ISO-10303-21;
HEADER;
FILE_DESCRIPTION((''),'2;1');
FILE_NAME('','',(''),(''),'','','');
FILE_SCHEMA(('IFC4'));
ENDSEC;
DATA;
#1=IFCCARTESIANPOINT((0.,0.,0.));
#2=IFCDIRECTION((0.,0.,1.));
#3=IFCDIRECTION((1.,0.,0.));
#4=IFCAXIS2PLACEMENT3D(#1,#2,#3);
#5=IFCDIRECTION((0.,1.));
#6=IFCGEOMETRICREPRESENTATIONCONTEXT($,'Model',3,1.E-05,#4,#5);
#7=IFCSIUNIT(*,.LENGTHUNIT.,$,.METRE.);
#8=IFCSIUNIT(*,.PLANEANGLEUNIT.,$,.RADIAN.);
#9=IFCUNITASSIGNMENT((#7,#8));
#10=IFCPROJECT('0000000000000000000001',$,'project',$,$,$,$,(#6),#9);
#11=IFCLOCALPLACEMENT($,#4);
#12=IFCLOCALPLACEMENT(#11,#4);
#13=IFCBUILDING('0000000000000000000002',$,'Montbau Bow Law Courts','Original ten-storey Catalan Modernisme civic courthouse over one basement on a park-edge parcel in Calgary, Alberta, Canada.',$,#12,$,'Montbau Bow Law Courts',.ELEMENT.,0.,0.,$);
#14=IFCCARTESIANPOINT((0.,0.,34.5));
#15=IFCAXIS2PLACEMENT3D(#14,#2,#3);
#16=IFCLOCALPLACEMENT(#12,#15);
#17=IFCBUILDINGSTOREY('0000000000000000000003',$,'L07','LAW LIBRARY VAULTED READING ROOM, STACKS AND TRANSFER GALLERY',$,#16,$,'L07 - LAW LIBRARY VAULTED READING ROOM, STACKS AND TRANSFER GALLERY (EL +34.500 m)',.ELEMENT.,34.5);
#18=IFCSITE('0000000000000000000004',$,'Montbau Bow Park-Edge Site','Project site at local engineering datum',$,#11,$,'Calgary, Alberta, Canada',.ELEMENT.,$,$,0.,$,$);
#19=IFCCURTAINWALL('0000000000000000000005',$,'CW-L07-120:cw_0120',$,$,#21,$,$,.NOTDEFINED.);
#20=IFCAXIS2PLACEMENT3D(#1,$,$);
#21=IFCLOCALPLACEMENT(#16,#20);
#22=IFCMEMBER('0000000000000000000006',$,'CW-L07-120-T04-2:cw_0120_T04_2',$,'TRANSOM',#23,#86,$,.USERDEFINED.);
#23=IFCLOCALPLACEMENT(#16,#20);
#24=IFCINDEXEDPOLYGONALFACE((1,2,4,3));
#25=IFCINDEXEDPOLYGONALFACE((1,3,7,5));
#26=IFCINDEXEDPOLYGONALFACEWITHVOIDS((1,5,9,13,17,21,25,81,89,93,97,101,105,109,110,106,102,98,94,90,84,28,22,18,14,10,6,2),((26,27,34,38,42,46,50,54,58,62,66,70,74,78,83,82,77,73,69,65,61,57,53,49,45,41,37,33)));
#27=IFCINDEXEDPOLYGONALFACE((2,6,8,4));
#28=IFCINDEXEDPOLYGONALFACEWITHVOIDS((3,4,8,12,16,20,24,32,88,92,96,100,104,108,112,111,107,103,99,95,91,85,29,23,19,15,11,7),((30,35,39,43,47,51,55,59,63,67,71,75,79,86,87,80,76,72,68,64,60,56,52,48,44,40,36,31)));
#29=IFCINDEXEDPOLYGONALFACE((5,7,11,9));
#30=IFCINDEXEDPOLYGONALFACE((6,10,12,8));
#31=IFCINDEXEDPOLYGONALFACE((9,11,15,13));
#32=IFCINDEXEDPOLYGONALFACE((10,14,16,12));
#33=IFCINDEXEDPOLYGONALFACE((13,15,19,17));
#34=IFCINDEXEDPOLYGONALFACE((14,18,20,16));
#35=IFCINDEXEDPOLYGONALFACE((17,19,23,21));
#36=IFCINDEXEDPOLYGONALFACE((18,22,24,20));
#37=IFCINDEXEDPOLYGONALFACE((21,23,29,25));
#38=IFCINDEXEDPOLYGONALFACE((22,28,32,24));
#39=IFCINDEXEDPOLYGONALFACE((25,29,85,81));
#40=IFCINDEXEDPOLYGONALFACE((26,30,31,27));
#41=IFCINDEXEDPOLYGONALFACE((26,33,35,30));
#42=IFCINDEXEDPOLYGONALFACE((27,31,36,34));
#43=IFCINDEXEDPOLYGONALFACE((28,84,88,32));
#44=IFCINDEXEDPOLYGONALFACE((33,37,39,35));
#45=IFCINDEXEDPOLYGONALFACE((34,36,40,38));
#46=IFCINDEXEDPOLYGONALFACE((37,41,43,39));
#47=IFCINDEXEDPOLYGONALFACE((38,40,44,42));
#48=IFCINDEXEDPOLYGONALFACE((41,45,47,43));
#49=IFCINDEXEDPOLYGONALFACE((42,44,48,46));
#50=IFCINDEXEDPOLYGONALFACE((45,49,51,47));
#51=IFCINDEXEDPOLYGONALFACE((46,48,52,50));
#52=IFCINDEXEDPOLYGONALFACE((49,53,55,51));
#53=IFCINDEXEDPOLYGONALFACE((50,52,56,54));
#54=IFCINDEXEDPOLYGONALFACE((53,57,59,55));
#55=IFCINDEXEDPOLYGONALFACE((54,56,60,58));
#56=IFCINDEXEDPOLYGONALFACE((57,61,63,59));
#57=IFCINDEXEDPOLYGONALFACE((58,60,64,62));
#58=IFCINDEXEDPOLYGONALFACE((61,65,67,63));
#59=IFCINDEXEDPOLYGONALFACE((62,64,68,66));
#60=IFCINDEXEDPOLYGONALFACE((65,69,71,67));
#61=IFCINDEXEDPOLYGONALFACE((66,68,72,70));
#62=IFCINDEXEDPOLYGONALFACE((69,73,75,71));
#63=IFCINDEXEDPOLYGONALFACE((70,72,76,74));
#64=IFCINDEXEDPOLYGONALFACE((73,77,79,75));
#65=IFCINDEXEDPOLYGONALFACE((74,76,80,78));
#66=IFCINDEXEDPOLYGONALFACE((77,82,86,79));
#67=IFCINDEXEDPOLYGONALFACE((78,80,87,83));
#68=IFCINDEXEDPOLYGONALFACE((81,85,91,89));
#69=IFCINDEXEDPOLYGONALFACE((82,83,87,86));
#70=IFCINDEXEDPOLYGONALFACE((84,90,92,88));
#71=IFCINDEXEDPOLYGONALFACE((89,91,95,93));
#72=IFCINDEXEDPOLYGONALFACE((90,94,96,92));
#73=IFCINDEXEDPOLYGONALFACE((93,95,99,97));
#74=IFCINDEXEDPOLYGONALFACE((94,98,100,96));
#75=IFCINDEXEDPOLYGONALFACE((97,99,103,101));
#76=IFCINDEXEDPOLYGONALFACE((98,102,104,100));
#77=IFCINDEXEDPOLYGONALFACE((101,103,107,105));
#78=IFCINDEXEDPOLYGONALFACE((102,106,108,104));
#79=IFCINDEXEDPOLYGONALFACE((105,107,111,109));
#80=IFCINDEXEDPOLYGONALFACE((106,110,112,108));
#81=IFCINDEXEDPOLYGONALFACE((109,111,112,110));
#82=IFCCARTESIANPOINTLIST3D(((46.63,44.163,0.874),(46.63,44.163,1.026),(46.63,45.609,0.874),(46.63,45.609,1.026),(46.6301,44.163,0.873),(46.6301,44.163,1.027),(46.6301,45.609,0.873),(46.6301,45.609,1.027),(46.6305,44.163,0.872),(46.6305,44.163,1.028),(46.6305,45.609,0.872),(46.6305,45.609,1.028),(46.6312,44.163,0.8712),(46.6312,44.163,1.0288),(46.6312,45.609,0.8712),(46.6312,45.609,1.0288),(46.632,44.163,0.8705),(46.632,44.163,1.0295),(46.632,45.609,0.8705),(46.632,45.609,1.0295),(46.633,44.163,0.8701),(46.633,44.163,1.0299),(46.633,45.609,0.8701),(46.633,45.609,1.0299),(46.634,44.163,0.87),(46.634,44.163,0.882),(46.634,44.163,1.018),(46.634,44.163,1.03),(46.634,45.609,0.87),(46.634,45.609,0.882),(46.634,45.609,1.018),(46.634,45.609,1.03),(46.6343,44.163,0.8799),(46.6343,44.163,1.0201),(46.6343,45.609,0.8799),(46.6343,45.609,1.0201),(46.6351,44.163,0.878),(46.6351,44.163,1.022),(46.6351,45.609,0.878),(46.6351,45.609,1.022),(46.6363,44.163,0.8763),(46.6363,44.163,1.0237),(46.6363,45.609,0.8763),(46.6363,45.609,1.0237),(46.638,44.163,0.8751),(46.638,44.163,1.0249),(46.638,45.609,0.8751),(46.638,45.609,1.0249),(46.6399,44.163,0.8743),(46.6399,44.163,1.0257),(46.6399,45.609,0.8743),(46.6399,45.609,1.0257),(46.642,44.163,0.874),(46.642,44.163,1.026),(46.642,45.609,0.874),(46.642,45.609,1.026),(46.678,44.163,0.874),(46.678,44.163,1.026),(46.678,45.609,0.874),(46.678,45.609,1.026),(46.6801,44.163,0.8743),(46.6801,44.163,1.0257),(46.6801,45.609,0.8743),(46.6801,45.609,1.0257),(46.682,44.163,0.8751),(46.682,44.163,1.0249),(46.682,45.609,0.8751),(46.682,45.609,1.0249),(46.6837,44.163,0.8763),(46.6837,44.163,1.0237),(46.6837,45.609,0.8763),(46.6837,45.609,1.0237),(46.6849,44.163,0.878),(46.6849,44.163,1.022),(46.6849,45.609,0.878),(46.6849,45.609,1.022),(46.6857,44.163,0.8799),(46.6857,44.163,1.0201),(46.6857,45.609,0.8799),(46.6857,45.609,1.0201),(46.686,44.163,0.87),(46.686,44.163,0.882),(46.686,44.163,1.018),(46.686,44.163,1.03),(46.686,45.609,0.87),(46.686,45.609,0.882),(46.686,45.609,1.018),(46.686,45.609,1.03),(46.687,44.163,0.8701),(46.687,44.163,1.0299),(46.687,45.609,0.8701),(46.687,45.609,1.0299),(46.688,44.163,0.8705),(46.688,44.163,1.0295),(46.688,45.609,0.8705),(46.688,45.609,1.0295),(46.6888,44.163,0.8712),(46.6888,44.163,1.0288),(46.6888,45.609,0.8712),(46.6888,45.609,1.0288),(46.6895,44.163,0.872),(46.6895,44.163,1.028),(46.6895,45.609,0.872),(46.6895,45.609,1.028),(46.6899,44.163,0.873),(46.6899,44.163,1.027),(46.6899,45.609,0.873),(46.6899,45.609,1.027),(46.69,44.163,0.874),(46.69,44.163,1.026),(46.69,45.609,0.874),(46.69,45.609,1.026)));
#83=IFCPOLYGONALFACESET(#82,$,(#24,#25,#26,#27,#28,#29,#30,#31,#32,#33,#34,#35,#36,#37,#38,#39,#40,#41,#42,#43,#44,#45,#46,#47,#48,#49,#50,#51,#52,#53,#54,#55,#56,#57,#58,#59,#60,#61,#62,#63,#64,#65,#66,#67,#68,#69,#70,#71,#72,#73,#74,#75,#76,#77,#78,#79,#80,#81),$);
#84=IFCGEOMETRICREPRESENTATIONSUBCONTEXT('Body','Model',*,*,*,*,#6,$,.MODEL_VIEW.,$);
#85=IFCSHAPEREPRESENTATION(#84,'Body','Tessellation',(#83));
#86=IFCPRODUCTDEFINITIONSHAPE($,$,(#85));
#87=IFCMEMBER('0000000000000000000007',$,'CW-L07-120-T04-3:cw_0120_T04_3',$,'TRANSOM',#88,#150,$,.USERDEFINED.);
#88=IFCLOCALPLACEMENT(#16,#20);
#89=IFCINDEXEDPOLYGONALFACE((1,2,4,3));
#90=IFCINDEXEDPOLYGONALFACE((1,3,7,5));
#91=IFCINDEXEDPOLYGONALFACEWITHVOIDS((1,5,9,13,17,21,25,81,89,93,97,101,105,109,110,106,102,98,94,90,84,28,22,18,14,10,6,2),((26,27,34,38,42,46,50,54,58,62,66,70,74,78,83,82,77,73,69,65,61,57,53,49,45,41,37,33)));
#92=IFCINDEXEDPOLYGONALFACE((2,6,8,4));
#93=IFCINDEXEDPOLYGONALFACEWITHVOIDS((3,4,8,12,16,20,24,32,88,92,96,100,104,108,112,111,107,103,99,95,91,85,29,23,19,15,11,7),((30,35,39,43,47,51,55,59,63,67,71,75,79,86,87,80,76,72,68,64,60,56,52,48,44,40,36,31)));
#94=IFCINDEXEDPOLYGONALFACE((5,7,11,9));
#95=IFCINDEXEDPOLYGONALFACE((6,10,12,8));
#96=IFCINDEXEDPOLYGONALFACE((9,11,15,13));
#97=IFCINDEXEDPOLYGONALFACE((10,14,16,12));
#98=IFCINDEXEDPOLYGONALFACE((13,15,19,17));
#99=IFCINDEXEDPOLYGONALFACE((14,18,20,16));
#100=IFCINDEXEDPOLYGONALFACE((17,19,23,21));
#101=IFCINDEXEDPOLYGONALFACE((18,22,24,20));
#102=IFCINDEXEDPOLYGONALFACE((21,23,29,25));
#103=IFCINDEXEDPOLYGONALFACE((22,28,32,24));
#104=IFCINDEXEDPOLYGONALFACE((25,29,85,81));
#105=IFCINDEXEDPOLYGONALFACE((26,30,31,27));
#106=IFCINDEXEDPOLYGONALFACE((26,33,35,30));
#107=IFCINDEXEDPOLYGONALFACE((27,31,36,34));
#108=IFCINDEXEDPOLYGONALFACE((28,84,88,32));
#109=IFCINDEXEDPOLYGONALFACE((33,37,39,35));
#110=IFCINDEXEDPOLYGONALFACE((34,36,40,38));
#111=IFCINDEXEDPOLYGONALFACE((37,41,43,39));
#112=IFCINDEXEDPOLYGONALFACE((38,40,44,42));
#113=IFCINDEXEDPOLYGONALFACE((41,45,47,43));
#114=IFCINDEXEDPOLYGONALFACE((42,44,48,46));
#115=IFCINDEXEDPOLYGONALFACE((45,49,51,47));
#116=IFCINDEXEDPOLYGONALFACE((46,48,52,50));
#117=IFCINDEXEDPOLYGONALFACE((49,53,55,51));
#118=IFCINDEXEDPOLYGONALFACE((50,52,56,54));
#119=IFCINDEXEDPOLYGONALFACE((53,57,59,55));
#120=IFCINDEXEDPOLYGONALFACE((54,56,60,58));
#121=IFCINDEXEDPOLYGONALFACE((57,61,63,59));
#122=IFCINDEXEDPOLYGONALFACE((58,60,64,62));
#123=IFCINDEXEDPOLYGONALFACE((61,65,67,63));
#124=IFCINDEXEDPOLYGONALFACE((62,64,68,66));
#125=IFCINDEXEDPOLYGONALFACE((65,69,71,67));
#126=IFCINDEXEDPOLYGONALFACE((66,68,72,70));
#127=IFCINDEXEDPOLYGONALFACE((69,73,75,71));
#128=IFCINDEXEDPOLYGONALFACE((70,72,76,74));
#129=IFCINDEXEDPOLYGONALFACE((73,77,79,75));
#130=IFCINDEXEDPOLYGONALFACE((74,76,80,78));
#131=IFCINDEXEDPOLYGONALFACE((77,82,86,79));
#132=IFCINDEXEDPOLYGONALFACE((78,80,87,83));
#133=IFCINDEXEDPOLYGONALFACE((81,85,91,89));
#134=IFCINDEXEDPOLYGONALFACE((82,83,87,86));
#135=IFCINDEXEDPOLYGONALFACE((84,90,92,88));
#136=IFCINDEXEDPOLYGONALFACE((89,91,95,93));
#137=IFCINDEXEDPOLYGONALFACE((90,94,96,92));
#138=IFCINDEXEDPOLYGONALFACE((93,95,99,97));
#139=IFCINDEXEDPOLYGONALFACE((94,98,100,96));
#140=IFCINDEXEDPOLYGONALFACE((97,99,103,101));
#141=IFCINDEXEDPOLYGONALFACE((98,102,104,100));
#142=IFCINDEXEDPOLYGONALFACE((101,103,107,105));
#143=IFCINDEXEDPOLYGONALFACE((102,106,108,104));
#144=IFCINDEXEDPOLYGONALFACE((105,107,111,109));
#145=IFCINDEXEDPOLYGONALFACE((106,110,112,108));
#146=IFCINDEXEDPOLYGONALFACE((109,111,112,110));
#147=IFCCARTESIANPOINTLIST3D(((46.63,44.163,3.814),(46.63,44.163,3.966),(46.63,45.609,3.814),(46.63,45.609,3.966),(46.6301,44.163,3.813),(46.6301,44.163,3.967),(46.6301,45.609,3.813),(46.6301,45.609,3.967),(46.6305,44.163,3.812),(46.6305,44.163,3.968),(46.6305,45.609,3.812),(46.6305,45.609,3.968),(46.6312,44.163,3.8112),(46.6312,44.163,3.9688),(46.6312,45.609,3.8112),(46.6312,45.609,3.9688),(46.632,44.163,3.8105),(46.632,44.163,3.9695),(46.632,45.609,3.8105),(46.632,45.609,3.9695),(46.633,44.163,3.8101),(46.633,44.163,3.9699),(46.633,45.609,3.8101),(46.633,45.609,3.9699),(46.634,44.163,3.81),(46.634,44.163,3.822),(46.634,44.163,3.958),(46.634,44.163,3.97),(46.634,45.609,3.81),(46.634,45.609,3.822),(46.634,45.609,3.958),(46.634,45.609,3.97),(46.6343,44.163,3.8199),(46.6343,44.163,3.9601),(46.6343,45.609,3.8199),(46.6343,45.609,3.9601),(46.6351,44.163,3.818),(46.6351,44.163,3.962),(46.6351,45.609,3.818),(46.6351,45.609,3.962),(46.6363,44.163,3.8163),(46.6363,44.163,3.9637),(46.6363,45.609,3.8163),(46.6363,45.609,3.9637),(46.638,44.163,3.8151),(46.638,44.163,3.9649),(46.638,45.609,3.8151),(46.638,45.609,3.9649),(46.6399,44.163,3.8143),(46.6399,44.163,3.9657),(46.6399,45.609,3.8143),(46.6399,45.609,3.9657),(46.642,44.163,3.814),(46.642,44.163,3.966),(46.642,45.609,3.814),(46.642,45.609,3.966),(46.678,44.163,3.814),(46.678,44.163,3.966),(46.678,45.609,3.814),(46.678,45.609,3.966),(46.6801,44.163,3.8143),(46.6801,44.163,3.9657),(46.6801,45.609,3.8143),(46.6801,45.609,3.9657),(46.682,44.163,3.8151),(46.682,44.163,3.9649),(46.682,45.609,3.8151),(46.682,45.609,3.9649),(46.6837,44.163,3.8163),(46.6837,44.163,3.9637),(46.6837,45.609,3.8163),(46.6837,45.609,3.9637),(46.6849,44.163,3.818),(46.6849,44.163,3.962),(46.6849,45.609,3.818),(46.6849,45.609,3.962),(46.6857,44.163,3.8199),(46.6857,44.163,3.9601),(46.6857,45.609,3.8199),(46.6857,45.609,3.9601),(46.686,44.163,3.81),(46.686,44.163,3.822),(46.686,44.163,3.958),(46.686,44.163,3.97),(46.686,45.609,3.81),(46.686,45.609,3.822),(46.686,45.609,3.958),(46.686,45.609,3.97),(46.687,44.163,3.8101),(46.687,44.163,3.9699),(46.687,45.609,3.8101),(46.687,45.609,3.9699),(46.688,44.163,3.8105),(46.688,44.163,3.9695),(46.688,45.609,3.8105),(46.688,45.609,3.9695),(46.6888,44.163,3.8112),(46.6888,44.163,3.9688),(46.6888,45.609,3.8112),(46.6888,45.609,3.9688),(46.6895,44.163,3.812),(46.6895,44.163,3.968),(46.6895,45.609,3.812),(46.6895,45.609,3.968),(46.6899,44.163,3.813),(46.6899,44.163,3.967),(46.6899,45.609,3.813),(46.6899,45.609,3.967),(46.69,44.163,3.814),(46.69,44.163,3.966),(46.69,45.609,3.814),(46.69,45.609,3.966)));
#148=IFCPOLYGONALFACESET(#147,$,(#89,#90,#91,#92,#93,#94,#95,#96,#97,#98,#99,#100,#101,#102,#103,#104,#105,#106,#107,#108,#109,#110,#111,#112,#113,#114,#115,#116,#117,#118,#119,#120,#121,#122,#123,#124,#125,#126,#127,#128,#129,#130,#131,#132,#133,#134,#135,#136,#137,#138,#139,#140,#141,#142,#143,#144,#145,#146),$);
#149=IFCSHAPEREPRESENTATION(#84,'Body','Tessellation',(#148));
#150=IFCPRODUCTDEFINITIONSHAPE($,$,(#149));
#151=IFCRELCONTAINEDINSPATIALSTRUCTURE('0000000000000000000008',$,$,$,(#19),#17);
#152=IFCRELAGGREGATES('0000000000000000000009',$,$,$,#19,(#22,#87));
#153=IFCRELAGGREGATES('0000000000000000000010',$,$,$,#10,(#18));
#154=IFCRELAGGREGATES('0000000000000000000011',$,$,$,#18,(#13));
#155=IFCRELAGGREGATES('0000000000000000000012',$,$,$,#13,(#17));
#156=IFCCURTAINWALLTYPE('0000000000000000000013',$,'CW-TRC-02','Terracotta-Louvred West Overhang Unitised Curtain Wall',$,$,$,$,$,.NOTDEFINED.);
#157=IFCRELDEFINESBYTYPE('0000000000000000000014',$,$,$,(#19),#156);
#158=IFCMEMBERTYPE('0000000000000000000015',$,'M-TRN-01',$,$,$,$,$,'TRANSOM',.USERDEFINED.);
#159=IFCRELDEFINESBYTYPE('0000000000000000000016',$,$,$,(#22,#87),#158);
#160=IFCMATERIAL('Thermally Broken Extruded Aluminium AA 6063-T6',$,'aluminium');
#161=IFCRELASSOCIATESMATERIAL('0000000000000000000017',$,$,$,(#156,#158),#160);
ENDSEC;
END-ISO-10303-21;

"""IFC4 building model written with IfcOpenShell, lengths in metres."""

from ifc_helpers import new_model, si_unit, direction, frame, origin_with_axes, origin_2d_with_axis, place, context, subcontext, project, spatial, hollow_rectangle, extrude, material, material_profile, profile_set, type_object, element, aggregate, save


model = new_model("IFC4")

# Units and contexts
model_context = context("Model", 3, precision=1e-05, world=origin_with_axes(), true_north=direction((0.0, 1.0)))
body_context = subcontext(model_context, "Body", "Model", "MODEL_VIEW")
ifc_project = project(units=[si_unit("LENGTHUNIT", "METRE"), si_unit("PLANEANGLEUNIT", "RADIAN")], contexts=[model_context])

# Site, building, storey
site_placement = place(None, origin_with_axes())
site = spatial("IfcSite", under=ifc_project, at=site_placement, Name="Montbau Bow Park-Edge Site", Description="Project site at local engineering datum", LongName="Calgary, Alberta, Canada", CompositionType="ELEMENT", RefElevation=0.0)
building_placement = place(site_placement, origin_with_axes())
building = spatial("IfcBuilding", under=site, at=building_placement, Name="Montbau Bow Law Courts", Description="Original ten-storey Catalan Modernisme civic courthouse over one basement on a park-edge parcel in Calgary, Alberta, Canada.", LongName="Montbau Bow Law Courts", CompositionType="ELEMENT", ElevationOfRefHeight=0.0, ElevationOfTerrain=0.0)
storey_placement = place(building_placement, frame((0.0, 0.0, 34.5), z_axis=(0.0, 0.0, 1.0), x_axis=(1.0, 0.0, 0.0)))
storey = spatial("IfcBuildingStorey", under=building, at=storey_placement, Name="L07", Description="LAW LIBRARY VAULTED READING ROOM, STACKS AND TRANSFER GALLERY", LongName="L07 - LAW LIBRARY VAULTED READING ROOM, STACKS AND TRANSFER GALLERY (EL +34.500 m)", CompositionType="ELEMENT", Elevation=34.5)

# Curtain wall
ifc_material_1 = material(Name="Thermally Broken Extruded Aluminium AA 6063-T6", Category="aluminium")
curtain_wall_type = type_object("IfcCurtainWallType", Name="CW-TRC-02", Description="Terracotta-Louvred West Overhang Unitised Curtain Wall", PredefinedType="NOTDEFINED", material=ifc_material_1)
curtain_wall_1_placement = place(None, frame((46.66, 39.44, 34.5), z_axis=(0.0, 0.0, 1.0), x_axis=(1.0, 0.0, 0.0)))
curtain_wall_1 = element("IfcCurtainWall", 1, at=curtain_wall_1_placement, inside=storey, type_object=curtain_wall_type, Name="CW-L07-120:cw_0120", PredefinedType="NOTDEFINED")

# Members
ifc_material_profile_1 = material_profile(ifc_material_1, hollow_rectangle(XDim=0.06, YDim=0.16, WallThickness=0.004, InnerFilletRadius=0.008, OuterFilletRadius=0.004, at=origin_2d_with_axis()), Name="CWT-160X60", Category="Main", Priority=0)
ifc_profile_set_1 = profile_set([ifc_material_profile_1], Name="Thermally Broken Extruded Aluminium AA 6063-T6")
member_type_1 = type_object("IfcMemberType", Name="M-TRN-01", ElementType="TRANSOM", PredefinedType="USERDEFINED", material=ifc_profile_set_1)
member_1_placement = place(None, frame((46.66, 44.163, 35.45), z_axis=(0.0, 1.0, 0.0), x_axis=(-1.0, 0.0, 0.0)))
member_1 = element("IfcMember", 2, at=member_1_placement, type_object=member_type_1, Name="CW-L07-120-T04-2:cw_0120_T04_2", ObjectType="TRANSOM", PredefinedType="USERDEFINED", context=body_context, shape_type="SweptSolid", body=[
    extrude(hollow_rectangle(XDim=0.06, YDim=0.16, WallThickness=0.004, InnerFilletRadius=0.008, OuterFilletRadius=0.004, at=origin_2d_with_axis()), origin_with_axes(), (0.0, 0.0, 1.0), 1.446),
])
member_2_placement = place(None, frame((46.66, 44.163, 38.39), z_axis=(0.0, 1.0, 0.0), x_axis=(-1.0, 0.0, 0.0)))
member_2 = element("IfcMember", 3, at=member_2_placement, type_object=member_type_1, Name="CW-L07-120-T04-3:cw_0120_T04_3", ObjectType="TRANSOM", PredefinedType="USERDEFINED", context=body_context, shape_type="SweptSolid", body=[
    extrude(hollow_rectangle(XDim=0.06, YDim=0.16, WallThickness=0.004, InnerFilletRadius=0.008, OuterFilletRadius=0.004, at=origin_2d_with_axis()), origin_with_axes(), (0.0, 0.0, 1.0), 1.446),
])
aggregate(curtain_wall_1, [member_1, member_2])

save(model, "model.ifc")
